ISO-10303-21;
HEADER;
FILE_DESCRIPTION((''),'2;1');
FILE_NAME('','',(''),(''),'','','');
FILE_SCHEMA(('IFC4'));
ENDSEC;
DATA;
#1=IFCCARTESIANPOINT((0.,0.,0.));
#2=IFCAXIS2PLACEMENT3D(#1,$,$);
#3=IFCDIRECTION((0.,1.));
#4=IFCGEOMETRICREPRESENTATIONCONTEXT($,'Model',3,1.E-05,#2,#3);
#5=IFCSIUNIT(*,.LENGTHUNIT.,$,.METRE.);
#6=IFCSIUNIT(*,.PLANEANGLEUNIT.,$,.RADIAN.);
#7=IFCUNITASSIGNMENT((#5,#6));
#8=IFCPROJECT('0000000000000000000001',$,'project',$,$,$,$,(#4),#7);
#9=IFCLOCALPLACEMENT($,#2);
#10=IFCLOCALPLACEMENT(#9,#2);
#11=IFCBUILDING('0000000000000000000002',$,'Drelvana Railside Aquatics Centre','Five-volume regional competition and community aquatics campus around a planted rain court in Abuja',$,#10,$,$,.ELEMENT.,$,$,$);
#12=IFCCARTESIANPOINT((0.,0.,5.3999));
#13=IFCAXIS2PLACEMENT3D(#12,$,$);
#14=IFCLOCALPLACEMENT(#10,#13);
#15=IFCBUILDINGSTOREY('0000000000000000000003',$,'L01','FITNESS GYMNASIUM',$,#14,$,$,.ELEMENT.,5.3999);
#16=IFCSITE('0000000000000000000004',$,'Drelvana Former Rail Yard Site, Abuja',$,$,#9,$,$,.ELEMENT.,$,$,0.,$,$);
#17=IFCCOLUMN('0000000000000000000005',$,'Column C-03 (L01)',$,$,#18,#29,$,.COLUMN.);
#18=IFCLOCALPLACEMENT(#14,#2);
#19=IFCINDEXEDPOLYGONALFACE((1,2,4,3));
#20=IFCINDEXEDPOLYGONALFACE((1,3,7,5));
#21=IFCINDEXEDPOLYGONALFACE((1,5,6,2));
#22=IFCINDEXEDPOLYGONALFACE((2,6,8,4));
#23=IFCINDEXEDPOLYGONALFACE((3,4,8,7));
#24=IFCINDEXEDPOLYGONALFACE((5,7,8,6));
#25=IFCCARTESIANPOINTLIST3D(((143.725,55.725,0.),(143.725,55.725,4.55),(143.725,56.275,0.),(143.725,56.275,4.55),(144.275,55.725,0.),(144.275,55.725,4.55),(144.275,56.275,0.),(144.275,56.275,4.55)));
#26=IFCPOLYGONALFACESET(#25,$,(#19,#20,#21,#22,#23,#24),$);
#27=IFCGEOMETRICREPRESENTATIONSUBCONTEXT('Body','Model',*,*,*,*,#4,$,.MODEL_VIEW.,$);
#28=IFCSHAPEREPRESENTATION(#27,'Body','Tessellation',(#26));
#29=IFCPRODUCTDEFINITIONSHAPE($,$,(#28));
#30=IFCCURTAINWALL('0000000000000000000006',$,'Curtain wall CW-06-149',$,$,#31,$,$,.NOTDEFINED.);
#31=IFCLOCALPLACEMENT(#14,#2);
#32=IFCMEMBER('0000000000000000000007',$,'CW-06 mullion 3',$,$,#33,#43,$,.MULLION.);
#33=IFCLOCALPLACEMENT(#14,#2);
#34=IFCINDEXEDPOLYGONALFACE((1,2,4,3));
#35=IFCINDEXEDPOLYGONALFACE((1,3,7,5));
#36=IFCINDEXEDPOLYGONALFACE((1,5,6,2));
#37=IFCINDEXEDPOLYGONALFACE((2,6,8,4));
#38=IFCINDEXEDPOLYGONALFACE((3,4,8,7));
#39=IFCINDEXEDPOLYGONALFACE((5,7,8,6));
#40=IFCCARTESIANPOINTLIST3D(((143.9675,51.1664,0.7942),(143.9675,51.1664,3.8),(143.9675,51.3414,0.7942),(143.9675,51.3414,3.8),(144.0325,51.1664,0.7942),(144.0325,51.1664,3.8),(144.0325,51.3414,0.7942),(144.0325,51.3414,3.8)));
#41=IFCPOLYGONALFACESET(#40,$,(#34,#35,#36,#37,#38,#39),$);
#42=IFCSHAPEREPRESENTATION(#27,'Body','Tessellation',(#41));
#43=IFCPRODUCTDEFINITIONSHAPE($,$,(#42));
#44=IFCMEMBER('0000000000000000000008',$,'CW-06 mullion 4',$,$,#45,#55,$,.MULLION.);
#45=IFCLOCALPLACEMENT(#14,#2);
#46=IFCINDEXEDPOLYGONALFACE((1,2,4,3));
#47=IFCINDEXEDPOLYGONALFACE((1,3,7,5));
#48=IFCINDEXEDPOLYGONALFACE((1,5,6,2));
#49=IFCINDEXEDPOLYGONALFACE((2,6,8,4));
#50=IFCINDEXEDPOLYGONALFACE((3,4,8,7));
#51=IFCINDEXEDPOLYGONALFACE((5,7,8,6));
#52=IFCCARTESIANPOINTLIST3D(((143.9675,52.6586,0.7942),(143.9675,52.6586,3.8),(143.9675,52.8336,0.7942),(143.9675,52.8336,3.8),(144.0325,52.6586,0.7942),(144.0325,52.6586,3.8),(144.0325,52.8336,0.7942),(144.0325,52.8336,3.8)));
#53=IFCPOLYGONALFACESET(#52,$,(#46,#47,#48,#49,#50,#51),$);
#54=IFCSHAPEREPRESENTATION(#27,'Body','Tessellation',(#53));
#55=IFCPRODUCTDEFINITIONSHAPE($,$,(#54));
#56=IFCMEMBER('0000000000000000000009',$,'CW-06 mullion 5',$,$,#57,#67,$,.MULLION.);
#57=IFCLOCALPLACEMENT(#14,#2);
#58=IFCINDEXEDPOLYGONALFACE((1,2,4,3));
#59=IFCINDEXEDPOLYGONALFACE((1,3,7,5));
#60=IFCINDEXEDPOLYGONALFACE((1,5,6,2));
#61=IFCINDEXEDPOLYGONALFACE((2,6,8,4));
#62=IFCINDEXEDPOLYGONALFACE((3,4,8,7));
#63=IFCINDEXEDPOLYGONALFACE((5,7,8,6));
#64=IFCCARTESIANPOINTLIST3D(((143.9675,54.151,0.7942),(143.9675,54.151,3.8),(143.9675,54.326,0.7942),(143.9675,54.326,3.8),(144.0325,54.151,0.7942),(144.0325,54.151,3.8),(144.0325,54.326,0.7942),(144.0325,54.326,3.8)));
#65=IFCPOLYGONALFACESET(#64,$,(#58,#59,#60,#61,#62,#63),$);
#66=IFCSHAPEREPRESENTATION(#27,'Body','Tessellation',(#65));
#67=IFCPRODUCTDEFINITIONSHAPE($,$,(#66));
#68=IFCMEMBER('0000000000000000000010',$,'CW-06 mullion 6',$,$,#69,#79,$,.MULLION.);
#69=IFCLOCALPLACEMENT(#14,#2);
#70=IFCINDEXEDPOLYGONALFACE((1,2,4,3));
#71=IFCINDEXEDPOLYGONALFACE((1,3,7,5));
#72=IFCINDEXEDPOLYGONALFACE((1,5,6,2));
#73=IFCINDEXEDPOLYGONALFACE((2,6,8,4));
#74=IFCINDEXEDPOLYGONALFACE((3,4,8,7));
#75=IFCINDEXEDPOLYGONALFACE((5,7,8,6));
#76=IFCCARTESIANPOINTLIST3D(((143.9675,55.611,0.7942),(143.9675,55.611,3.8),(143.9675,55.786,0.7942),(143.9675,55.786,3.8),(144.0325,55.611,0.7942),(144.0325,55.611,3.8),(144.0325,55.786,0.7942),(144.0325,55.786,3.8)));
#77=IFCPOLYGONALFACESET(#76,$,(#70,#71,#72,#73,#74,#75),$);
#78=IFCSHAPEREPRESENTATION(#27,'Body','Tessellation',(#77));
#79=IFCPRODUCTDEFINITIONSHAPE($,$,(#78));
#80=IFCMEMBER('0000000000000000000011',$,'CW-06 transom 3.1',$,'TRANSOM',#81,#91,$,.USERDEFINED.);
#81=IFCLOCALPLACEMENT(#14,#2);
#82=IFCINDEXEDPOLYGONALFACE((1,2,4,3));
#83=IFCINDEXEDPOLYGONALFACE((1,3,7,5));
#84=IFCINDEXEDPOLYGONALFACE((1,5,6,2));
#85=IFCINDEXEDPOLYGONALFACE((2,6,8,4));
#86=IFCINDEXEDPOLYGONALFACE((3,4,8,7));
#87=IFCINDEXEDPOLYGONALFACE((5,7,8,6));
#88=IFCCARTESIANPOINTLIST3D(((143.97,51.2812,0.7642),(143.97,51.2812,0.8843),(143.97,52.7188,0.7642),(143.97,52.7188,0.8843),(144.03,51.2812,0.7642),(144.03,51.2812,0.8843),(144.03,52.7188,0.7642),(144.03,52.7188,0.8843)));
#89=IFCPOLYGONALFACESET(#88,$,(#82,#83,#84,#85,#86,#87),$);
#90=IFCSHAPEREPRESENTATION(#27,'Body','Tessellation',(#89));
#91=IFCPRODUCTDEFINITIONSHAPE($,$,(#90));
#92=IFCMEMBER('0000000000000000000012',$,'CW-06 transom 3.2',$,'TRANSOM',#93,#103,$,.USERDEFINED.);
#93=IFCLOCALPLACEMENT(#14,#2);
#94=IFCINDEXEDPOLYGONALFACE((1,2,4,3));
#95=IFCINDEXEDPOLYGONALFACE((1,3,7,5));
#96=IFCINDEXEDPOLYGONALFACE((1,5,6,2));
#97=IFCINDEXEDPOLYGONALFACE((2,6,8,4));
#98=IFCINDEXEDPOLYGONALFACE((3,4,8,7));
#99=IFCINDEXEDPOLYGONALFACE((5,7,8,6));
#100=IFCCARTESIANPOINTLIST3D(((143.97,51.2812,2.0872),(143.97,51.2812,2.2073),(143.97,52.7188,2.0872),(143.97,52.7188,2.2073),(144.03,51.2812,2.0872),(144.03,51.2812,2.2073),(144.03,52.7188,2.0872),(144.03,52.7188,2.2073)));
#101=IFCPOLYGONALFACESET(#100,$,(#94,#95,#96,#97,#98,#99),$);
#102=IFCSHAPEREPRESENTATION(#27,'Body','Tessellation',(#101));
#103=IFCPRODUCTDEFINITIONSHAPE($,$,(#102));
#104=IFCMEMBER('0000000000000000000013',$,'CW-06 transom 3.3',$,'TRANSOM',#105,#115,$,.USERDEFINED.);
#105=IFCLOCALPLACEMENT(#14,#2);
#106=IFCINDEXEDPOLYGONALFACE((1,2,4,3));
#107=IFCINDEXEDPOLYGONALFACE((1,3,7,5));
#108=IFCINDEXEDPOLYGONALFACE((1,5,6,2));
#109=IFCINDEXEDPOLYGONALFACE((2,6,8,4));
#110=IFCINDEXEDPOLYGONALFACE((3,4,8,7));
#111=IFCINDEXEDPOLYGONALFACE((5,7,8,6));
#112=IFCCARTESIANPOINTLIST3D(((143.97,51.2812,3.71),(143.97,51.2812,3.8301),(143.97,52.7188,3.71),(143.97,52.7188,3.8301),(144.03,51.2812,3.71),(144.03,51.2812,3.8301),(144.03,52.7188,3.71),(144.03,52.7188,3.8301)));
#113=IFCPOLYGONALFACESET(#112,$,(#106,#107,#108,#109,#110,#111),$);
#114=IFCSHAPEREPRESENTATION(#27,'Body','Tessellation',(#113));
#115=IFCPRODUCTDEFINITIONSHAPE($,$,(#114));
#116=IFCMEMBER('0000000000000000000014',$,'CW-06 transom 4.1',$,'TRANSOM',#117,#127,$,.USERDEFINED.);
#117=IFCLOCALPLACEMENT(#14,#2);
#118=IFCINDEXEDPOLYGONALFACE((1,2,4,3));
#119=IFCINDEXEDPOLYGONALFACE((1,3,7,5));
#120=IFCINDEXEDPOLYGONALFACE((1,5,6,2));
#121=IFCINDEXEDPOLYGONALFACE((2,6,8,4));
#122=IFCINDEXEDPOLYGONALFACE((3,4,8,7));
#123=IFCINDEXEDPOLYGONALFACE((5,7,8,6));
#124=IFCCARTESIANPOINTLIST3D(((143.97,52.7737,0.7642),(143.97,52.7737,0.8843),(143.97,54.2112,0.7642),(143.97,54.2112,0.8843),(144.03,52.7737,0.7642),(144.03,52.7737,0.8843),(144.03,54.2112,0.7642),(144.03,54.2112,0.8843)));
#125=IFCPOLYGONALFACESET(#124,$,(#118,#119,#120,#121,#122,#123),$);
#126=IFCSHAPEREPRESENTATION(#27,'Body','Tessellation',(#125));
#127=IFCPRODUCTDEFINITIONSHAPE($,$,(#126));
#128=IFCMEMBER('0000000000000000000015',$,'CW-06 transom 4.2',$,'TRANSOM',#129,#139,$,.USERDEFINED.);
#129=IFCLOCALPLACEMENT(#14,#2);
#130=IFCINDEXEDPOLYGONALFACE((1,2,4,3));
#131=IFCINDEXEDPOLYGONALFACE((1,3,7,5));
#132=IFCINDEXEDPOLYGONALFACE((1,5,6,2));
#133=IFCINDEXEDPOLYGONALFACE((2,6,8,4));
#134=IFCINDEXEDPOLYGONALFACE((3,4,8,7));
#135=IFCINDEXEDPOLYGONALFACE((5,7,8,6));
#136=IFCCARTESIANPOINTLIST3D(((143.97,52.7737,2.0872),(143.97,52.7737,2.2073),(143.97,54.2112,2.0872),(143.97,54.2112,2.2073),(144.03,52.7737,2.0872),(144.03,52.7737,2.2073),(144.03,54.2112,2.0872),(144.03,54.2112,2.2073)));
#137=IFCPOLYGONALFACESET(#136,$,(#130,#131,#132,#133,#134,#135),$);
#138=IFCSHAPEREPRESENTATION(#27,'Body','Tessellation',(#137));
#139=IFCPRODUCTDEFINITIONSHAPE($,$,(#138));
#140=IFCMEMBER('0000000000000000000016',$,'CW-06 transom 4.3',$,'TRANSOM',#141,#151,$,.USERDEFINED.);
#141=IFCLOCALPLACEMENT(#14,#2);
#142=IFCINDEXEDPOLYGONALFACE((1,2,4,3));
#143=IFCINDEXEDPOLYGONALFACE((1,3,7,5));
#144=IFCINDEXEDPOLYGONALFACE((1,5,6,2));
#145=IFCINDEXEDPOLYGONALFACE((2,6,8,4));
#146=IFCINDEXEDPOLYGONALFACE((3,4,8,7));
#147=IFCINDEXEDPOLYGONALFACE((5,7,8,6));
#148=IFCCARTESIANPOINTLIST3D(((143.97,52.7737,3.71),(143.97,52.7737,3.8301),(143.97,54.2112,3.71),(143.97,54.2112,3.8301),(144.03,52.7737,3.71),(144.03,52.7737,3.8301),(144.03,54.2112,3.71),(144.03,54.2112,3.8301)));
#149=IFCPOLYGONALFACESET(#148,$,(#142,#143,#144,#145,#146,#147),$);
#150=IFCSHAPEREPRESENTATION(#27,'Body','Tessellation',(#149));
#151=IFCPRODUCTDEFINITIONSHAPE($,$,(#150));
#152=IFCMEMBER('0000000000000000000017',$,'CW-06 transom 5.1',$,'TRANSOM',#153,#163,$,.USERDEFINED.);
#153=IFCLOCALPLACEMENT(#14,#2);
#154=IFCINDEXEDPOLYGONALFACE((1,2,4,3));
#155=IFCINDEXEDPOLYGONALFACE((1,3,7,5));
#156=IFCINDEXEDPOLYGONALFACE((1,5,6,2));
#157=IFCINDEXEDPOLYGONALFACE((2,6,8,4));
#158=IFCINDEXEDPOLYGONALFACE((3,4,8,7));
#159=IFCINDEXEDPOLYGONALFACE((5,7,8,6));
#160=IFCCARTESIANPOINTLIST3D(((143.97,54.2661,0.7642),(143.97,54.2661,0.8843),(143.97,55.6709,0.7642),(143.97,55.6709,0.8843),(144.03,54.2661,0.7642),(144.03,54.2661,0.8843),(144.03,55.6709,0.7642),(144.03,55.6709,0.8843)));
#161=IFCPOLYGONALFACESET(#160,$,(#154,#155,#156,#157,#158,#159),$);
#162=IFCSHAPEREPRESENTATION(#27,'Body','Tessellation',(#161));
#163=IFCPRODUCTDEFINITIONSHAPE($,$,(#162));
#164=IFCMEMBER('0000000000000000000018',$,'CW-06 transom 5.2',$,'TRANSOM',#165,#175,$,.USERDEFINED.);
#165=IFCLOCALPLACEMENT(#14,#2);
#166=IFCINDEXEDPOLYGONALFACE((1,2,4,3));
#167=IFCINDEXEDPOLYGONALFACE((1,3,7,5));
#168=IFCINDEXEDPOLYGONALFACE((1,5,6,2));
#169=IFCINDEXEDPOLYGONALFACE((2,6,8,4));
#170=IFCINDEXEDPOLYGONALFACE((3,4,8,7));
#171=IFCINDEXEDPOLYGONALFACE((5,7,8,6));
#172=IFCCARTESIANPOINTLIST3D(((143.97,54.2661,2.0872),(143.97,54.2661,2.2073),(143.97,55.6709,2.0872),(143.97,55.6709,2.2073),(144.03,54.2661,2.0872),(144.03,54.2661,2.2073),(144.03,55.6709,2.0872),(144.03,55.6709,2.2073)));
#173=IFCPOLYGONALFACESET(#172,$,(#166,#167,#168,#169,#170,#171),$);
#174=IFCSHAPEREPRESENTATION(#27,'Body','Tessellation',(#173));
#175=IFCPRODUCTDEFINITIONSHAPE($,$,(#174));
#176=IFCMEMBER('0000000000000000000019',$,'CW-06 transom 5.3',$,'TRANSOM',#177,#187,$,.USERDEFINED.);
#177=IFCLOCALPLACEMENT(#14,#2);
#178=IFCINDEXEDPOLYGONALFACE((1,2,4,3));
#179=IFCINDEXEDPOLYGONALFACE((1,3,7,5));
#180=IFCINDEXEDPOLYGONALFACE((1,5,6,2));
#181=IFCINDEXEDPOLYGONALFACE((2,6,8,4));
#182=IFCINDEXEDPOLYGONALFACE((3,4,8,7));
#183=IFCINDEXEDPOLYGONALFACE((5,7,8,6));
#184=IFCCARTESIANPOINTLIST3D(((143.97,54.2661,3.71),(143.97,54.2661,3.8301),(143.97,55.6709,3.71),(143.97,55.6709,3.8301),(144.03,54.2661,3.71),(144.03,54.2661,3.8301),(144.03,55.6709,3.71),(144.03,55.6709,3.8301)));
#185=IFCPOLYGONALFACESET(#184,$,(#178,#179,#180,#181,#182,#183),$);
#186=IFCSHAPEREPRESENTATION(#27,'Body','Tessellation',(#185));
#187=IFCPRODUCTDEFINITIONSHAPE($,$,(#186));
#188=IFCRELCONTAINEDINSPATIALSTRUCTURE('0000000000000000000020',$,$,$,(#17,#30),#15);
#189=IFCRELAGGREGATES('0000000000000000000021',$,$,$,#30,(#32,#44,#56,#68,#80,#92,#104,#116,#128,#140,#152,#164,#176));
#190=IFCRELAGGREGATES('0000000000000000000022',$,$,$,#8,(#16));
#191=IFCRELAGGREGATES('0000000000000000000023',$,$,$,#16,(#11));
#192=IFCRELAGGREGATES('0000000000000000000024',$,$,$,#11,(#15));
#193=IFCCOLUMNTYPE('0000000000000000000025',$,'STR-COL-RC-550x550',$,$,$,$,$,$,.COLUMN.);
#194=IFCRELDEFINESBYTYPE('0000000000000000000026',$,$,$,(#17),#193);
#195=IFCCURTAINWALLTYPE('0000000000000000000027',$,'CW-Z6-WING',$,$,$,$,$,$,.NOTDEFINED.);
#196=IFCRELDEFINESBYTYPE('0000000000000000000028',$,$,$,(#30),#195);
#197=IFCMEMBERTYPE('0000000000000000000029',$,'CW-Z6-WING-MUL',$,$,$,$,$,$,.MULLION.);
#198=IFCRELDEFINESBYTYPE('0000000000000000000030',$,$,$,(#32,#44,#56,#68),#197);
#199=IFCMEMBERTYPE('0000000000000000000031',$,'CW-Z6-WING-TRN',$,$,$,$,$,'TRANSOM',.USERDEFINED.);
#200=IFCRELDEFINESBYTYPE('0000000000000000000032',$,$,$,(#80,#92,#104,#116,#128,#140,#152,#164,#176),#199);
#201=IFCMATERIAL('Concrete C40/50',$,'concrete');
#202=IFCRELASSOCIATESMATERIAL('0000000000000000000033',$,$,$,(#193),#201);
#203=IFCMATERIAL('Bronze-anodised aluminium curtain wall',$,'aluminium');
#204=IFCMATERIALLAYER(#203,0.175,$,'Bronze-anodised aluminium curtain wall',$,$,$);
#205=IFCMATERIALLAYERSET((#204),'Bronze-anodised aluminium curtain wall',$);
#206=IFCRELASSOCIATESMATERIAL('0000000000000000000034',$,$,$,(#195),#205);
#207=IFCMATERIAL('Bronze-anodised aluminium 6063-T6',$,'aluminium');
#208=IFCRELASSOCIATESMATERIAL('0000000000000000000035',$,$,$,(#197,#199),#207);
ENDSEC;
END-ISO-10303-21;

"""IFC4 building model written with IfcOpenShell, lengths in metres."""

from ifc_helpers import new_model, si_unit, direction, frame, origin, origin_2d, place, context, subcontext, project, spatial, rectangle, extrude, material, layer, layer_set, material_profile, profile_set, type_object, element, aggregate, save


model = new_model("IFC4")

# Units and contexts
model_context = context("Model", 3, precision=1e-05, world=origin(), true_north=direction((0.0, 1.0)))
body_context = subcontext(model_context, "Body", "Model", "MODEL_VIEW")
ifc_project = project(units=[si_unit("LENGTHUNIT", "METRE"), si_unit("PLANEANGLEUNIT", "RADIAN")], contexts=[model_context])

# Site, building, storey
site_placement = place(None, origin())
site = spatial("IfcSite", under=ifc_project, at=site_placement, Name="Drelvana Former Rail Yard Site, Abuja", CompositionType="ELEMENT", RefElevation=0.0)
building_placement = place(site_placement, origin())
building = spatial("IfcBuilding", under=site, at=building_placement, Name="Drelvana Railside Aquatics Centre", Description="Five-volume regional competition and community aquatics campus around a planted rain court in Abuja", CompositionType="ELEMENT")
storey_placement = place(building_placement, frame((0.0, 0.0, 5.3999)))
storey = spatial("IfcBuildingStorey", under=building, at=storey_placement, Name="L01", Description="FITNESS GYMNASIUM", CompositionType="ELEMENT", Elevation=5.3999)

# Column
ifc_material_1 = material(Name="Concrete C40/50", Category="concrete")
ifc_material_profile_1 = material_profile(ifc_material_1, rectangle(XDim=0.55, YDim=0.55, at=origin_2d()), Name="RC 550x550")
ifc_profile_set_1 = profile_set([ifc_material_profile_1], Name="Concrete C40/50")
column_type = type_object("IfcColumnType", Name="STR-COL-RC-550x550", PredefinedType="COLUMN", material=ifc_profile_set_1)
column_placement = place(storey_placement, frame((144.0, 56.0, 0.0), z_axis=(0.0, 0.0, 1.0), x_axis=(1.0, 0.0, 0.0)))
element("IfcColumn", 1, at=column_placement, inside=storey, type_object=column_type, Name="Column C-03 (L01)", PredefinedType="COLUMN", context=body_context, shape_type="SweptSolid", body=[
    extrude(rectangle(XDim=0.55, YDim=0.55, at=origin_2d()), origin(), (0.0, 0.0, 1.0), 4.55),
])

# Curtain wall, members
ifc_material_2 = material(Name="Bronze-anodised aluminium curtain wall", Category="aluminium")
ifc_layer_1 = layer(ifc_material_2, 0.175, Name="Bronze-anodised aluminium curtain wall")
ifc_layer_set_1 = layer_set([ifc_layer_1], Name="Bronze-anodised aluminium curtain wall")
curtain_wall_type = type_object("IfcCurtainWallType", Name="CW-Z6-WING", PredefinedType="NOTDEFINED", material=ifc_layer_set_1)
curtain_wall_placement = place(storey_placement, origin())
curtain_wall = element("IfcCurtainWall", 2, at=curtain_wall_placement, inside=storey, type_object=curtain_wall_type, Name="Curtain wall CW-06-149", PredefinedType="NOTDEFINED")
ifc_material_3 = material(Name="Bronze-anodised aluminium 6063-T6", Category="aluminium")
ifc_material_profile_2 = material_profile(ifc_material_3, rectangle(XDim=0.0649, YDim=0.175, at=origin_2d()), Name="ALU-M 65x175")
ifc_profile_set_2 = profile_set([ifc_material_profile_2], Name="Bronze-anodised aluminium 6063-T6")
member_type_1 = type_object("IfcMemberType", Name="CW-Z6-WING-MUL", PredefinedType="MULLION", material=ifc_profile_set_2)
member_1_placement = place(storey_placement, frame((144.0, 51.2539, 0.7942), z_axis=(0.0, 0.0, 1.0), x_axis=(-1.0, 0.0, 0.0)))
member_1 = element("IfcMember", 3, at=member_1_placement, type_object=member_type_1, Name="CW-06 mullion 3", PredefinedType="MULLION", context=body_context, shape_type="SweptSolid", body=[
    extrude(rectangle(XDim=0.0649, YDim=0.175, at=origin_2d()), origin(), (0.0, 0.0, 1.0), 3.0059),
])
member_2_placement = place(storey_placement, frame((144.0, 52.7461, 0.7942), z_axis=(0.0, 0.0, 1.0), x_axis=(-1.0, 0.0, 0.0)))
member_2 = element("IfcMember", 4, at=member_2_placement, type_object=member_type_1, Name="CW-06 mullion 4", PredefinedType="MULLION", context=body_context, shape_type="SweptSolid", body=[
    extrude(rectangle(XDim=0.0649, YDim=0.175, at=origin_2d()), origin(), (0.0, 0.0, 1.0), 3.0059),
])
member_3_placement = place(storey_placement, frame((144.0, 54.2385, 0.7942), z_axis=(0.0, 0.0, 1.0), x_axis=(-1.0, 0.0, 0.0)))
member_3 = element("IfcMember", 5, at=member_3_placement, type_object=member_type_1, Name="CW-06 mullion 5", PredefinedType="MULLION", context=body_context, shape_type="SweptSolid", body=[
    extrude(rectangle(XDim=0.0649, YDim=0.175, at=origin_2d()), origin(), (0.0, 0.0, 1.0), 3.0059),
])
member_4_placement = place(storey_placement, frame((144.0, 55.6985, 0.7942), z_axis=(0.0, 0.0, 1.0), x_axis=(-1.0, 0.0, 0.0)))
member_4 = element("IfcMember", 6, at=member_4_placement, type_object=member_type_1, Name="CW-06 mullion 6", PredefinedType="MULLION", context=body_context, shape_type="SweptSolid", body=[
    extrude(rectangle(XDim=0.0649, YDim=0.175, at=origin_2d()), origin(), (0.0, 0.0, 1.0), 3.0059),
])
ifc_material_profile_3 = material_profile(ifc_material_3, rectangle(XDim=0.1201, YDim=0.0601, at=origin_2d()), Name="ALU-T 60x120")
ifc_profile_set_3 = profile_set([ifc_material_profile_3], Name="Bronze-anodised aluminium 6063-T6")
member_type_2 = type_object("IfcMemberType", Name="CW-Z6-WING-TRN", ElementType="TRANSOM", PredefinedType="USERDEFINED", material=ifc_profile_set_3)
member_5_placement = place(storey_placement, frame((144.0, 51.2812, 0.8242), z_axis=(0.0, 1.0, 0.0), x_axis=(0.0, 0.0, 1.0)))
member_5 = element("IfcMember", 7, at=member_5_placement, type_object=member_type_2, Name="CW-06 transom 3.1", ObjectType="TRANSOM", PredefinedType="USERDEFINED", context=body_context, shape_type="SweptSolid", body=[
    extrude(rectangle(XDim=0.1201, YDim=0.0601, at=origin_2d()), origin(), (0.0, 0.0, 1.0), 1.4375),
])
member_6_placement = place(storey_placement, frame((144.0, 51.2812, 2.1472), z_axis=(0.0, 1.0, 0.0), x_axis=(0.0, 0.0, 1.0)))
member_6 = element("IfcMember", 8, at=member_6_placement, type_object=member_type_2, Name="CW-06 transom 3.2", ObjectType="TRANSOM", PredefinedType="USERDEFINED", context=body_context, shape_type="SweptSolid", body=[
    extrude(rectangle(XDim=0.1201, YDim=0.0601, at=origin_2d()), origin(), (0.0, 0.0, 1.0), 1.4375),
])
member_7_placement = place(storey_placement, frame((144.0, 51.2812, 3.77), z_axis=(0.0, 1.0, 0.0), x_axis=(0.0, 0.0, 1.0)))
member_7 = element("IfcMember", 9, at=member_7_placement, type_object=member_type_2, Name="CW-06 transom 3.3", ObjectType="TRANSOM", PredefinedType="USERDEFINED", context=body_context, shape_type="SweptSolid", body=[
    extrude(rectangle(XDim=0.1201, YDim=0.0601, at=origin_2d()), origin(), (0.0, 0.0, 1.0), 1.4375),
])
member_8_placement = place(storey_placement, frame((144.0, 52.7737, 0.8242), z_axis=(0.0, 1.0, 0.0), x_axis=(0.0, 0.0, 1.0)))
member_8 = element("IfcMember", 10, at=member_8_placement, type_object=member_type_2, Name="CW-06 transom 4.1", ObjectType="TRANSOM", PredefinedType="USERDEFINED", context=body_context, shape_type="SweptSolid", body=[
    extrude(rectangle(XDim=0.1201, YDim=0.0601, at=origin_2d()), origin(), (0.0, 0.0, 1.0), 1.4375),
])
member_9_placement = place(storey_placement, frame((144.0, 52.7737, 2.1472), z_axis=(0.0, 1.0, 0.0), x_axis=(0.0, 0.0, 1.0)))
member_9 = element("IfcMember", 11, at=member_9_placement, type_object=member_type_2, Name="CW-06 transom 4.2", ObjectType="TRANSOM", PredefinedType="USERDEFINED", context=body_context, shape_type="SweptSolid", body=[
    extrude(rectangle(XDim=0.1201, YDim=0.0601, at=origin_2d()), origin(), (0.0, 0.0, 1.0), 1.4375),
])
member_10_placement = place(storey_placement, frame((144.0, 52.7737, 3.77), z_axis=(0.0, 1.0, 0.0), x_axis=(0.0, 0.0, 1.0)))
member_10 = element("IfcMember", 12, at=member_10_placement, type_object=member_type_2, Name="CW-06 transom 4.3", ObjectType="TRANSOM", PredefinedType="USERDEFINED", context=body_context, shape_type="SweptSolid", body=[
    extrude(rectangle(XDim=0.1201, YDim=0.0601, at=origin_2d()), origin(), (0.0, 0.0, 1.0), 1.4375),
])
member_11_placement = place(storey_placement, frame((144.0, 54.2661, 0.8242), z_axis=(0.0, 1.0, 0.0), x_axis=(0.0, 0.0, 1.0)))
member_11 = element("IfcMember", 13, at=member_11_placement, type_object=member_type_2, Name="CW-06 transom 5.1", ObjectType="TRANSOM", PredefinedType="USERDEFINED", context=body_context, shape_type="SweptSolid", body=[
    extrude(rectangle(XDim=0.1201, YDim=0.0601, at=origin_2d()), origin(), (0.0, 0.0, 1.0), 1.4048),
])
member_12_placement = place(storey_placement, frame((144.0, 54.2661, 2.1472), z_axis=(0.0, 1.0, 0.0), x_axis=(0.0, 0.0, 1.0)))
member_12 = element("IfcMember", 14, at=member_12_placement, type_object=member_type_2, Name="CW-06 transom 5.2", ObjectType="TRANSOM", PredefinedType="USERDEFINED", context=body_context, shape_type="SweptSolid", body=[
    extrude(rectangle(XDim=0.1201, YDim=0.0601, at=origin_2d()), origin(), (0.0, 0.0, 1.0), 1.4048),
])
member_13_placement = place(storey_placement, frame((144.0, 54.2661, 3.77), z_axis=(0.0, 1.0, 0.0), x_axis=(0.0, 0.0, 1.0)))
member_13 = element("IfcMember", 15, at=member_13_placement, type_object=member_type_2, Name="CW-06 transom 5.3", ObjectType="TRANSOM", PredefinedType="USERDEFINED", context=body_context, shape_type="SweptSolid", body=[
    extrude(rectangle(XDim=0.1201, YDim=0.0601, at=origin_2d()), origin(), (0.0, 0.0, 1.0), 1.4048),
])

aggregate(curtain_wall, [member_1, member_2, member_3, member_4, member_5, member_6, member_7, member_8, member_9, member_10, member_11, member_12, member_13])

save(model, "model.ifc")
